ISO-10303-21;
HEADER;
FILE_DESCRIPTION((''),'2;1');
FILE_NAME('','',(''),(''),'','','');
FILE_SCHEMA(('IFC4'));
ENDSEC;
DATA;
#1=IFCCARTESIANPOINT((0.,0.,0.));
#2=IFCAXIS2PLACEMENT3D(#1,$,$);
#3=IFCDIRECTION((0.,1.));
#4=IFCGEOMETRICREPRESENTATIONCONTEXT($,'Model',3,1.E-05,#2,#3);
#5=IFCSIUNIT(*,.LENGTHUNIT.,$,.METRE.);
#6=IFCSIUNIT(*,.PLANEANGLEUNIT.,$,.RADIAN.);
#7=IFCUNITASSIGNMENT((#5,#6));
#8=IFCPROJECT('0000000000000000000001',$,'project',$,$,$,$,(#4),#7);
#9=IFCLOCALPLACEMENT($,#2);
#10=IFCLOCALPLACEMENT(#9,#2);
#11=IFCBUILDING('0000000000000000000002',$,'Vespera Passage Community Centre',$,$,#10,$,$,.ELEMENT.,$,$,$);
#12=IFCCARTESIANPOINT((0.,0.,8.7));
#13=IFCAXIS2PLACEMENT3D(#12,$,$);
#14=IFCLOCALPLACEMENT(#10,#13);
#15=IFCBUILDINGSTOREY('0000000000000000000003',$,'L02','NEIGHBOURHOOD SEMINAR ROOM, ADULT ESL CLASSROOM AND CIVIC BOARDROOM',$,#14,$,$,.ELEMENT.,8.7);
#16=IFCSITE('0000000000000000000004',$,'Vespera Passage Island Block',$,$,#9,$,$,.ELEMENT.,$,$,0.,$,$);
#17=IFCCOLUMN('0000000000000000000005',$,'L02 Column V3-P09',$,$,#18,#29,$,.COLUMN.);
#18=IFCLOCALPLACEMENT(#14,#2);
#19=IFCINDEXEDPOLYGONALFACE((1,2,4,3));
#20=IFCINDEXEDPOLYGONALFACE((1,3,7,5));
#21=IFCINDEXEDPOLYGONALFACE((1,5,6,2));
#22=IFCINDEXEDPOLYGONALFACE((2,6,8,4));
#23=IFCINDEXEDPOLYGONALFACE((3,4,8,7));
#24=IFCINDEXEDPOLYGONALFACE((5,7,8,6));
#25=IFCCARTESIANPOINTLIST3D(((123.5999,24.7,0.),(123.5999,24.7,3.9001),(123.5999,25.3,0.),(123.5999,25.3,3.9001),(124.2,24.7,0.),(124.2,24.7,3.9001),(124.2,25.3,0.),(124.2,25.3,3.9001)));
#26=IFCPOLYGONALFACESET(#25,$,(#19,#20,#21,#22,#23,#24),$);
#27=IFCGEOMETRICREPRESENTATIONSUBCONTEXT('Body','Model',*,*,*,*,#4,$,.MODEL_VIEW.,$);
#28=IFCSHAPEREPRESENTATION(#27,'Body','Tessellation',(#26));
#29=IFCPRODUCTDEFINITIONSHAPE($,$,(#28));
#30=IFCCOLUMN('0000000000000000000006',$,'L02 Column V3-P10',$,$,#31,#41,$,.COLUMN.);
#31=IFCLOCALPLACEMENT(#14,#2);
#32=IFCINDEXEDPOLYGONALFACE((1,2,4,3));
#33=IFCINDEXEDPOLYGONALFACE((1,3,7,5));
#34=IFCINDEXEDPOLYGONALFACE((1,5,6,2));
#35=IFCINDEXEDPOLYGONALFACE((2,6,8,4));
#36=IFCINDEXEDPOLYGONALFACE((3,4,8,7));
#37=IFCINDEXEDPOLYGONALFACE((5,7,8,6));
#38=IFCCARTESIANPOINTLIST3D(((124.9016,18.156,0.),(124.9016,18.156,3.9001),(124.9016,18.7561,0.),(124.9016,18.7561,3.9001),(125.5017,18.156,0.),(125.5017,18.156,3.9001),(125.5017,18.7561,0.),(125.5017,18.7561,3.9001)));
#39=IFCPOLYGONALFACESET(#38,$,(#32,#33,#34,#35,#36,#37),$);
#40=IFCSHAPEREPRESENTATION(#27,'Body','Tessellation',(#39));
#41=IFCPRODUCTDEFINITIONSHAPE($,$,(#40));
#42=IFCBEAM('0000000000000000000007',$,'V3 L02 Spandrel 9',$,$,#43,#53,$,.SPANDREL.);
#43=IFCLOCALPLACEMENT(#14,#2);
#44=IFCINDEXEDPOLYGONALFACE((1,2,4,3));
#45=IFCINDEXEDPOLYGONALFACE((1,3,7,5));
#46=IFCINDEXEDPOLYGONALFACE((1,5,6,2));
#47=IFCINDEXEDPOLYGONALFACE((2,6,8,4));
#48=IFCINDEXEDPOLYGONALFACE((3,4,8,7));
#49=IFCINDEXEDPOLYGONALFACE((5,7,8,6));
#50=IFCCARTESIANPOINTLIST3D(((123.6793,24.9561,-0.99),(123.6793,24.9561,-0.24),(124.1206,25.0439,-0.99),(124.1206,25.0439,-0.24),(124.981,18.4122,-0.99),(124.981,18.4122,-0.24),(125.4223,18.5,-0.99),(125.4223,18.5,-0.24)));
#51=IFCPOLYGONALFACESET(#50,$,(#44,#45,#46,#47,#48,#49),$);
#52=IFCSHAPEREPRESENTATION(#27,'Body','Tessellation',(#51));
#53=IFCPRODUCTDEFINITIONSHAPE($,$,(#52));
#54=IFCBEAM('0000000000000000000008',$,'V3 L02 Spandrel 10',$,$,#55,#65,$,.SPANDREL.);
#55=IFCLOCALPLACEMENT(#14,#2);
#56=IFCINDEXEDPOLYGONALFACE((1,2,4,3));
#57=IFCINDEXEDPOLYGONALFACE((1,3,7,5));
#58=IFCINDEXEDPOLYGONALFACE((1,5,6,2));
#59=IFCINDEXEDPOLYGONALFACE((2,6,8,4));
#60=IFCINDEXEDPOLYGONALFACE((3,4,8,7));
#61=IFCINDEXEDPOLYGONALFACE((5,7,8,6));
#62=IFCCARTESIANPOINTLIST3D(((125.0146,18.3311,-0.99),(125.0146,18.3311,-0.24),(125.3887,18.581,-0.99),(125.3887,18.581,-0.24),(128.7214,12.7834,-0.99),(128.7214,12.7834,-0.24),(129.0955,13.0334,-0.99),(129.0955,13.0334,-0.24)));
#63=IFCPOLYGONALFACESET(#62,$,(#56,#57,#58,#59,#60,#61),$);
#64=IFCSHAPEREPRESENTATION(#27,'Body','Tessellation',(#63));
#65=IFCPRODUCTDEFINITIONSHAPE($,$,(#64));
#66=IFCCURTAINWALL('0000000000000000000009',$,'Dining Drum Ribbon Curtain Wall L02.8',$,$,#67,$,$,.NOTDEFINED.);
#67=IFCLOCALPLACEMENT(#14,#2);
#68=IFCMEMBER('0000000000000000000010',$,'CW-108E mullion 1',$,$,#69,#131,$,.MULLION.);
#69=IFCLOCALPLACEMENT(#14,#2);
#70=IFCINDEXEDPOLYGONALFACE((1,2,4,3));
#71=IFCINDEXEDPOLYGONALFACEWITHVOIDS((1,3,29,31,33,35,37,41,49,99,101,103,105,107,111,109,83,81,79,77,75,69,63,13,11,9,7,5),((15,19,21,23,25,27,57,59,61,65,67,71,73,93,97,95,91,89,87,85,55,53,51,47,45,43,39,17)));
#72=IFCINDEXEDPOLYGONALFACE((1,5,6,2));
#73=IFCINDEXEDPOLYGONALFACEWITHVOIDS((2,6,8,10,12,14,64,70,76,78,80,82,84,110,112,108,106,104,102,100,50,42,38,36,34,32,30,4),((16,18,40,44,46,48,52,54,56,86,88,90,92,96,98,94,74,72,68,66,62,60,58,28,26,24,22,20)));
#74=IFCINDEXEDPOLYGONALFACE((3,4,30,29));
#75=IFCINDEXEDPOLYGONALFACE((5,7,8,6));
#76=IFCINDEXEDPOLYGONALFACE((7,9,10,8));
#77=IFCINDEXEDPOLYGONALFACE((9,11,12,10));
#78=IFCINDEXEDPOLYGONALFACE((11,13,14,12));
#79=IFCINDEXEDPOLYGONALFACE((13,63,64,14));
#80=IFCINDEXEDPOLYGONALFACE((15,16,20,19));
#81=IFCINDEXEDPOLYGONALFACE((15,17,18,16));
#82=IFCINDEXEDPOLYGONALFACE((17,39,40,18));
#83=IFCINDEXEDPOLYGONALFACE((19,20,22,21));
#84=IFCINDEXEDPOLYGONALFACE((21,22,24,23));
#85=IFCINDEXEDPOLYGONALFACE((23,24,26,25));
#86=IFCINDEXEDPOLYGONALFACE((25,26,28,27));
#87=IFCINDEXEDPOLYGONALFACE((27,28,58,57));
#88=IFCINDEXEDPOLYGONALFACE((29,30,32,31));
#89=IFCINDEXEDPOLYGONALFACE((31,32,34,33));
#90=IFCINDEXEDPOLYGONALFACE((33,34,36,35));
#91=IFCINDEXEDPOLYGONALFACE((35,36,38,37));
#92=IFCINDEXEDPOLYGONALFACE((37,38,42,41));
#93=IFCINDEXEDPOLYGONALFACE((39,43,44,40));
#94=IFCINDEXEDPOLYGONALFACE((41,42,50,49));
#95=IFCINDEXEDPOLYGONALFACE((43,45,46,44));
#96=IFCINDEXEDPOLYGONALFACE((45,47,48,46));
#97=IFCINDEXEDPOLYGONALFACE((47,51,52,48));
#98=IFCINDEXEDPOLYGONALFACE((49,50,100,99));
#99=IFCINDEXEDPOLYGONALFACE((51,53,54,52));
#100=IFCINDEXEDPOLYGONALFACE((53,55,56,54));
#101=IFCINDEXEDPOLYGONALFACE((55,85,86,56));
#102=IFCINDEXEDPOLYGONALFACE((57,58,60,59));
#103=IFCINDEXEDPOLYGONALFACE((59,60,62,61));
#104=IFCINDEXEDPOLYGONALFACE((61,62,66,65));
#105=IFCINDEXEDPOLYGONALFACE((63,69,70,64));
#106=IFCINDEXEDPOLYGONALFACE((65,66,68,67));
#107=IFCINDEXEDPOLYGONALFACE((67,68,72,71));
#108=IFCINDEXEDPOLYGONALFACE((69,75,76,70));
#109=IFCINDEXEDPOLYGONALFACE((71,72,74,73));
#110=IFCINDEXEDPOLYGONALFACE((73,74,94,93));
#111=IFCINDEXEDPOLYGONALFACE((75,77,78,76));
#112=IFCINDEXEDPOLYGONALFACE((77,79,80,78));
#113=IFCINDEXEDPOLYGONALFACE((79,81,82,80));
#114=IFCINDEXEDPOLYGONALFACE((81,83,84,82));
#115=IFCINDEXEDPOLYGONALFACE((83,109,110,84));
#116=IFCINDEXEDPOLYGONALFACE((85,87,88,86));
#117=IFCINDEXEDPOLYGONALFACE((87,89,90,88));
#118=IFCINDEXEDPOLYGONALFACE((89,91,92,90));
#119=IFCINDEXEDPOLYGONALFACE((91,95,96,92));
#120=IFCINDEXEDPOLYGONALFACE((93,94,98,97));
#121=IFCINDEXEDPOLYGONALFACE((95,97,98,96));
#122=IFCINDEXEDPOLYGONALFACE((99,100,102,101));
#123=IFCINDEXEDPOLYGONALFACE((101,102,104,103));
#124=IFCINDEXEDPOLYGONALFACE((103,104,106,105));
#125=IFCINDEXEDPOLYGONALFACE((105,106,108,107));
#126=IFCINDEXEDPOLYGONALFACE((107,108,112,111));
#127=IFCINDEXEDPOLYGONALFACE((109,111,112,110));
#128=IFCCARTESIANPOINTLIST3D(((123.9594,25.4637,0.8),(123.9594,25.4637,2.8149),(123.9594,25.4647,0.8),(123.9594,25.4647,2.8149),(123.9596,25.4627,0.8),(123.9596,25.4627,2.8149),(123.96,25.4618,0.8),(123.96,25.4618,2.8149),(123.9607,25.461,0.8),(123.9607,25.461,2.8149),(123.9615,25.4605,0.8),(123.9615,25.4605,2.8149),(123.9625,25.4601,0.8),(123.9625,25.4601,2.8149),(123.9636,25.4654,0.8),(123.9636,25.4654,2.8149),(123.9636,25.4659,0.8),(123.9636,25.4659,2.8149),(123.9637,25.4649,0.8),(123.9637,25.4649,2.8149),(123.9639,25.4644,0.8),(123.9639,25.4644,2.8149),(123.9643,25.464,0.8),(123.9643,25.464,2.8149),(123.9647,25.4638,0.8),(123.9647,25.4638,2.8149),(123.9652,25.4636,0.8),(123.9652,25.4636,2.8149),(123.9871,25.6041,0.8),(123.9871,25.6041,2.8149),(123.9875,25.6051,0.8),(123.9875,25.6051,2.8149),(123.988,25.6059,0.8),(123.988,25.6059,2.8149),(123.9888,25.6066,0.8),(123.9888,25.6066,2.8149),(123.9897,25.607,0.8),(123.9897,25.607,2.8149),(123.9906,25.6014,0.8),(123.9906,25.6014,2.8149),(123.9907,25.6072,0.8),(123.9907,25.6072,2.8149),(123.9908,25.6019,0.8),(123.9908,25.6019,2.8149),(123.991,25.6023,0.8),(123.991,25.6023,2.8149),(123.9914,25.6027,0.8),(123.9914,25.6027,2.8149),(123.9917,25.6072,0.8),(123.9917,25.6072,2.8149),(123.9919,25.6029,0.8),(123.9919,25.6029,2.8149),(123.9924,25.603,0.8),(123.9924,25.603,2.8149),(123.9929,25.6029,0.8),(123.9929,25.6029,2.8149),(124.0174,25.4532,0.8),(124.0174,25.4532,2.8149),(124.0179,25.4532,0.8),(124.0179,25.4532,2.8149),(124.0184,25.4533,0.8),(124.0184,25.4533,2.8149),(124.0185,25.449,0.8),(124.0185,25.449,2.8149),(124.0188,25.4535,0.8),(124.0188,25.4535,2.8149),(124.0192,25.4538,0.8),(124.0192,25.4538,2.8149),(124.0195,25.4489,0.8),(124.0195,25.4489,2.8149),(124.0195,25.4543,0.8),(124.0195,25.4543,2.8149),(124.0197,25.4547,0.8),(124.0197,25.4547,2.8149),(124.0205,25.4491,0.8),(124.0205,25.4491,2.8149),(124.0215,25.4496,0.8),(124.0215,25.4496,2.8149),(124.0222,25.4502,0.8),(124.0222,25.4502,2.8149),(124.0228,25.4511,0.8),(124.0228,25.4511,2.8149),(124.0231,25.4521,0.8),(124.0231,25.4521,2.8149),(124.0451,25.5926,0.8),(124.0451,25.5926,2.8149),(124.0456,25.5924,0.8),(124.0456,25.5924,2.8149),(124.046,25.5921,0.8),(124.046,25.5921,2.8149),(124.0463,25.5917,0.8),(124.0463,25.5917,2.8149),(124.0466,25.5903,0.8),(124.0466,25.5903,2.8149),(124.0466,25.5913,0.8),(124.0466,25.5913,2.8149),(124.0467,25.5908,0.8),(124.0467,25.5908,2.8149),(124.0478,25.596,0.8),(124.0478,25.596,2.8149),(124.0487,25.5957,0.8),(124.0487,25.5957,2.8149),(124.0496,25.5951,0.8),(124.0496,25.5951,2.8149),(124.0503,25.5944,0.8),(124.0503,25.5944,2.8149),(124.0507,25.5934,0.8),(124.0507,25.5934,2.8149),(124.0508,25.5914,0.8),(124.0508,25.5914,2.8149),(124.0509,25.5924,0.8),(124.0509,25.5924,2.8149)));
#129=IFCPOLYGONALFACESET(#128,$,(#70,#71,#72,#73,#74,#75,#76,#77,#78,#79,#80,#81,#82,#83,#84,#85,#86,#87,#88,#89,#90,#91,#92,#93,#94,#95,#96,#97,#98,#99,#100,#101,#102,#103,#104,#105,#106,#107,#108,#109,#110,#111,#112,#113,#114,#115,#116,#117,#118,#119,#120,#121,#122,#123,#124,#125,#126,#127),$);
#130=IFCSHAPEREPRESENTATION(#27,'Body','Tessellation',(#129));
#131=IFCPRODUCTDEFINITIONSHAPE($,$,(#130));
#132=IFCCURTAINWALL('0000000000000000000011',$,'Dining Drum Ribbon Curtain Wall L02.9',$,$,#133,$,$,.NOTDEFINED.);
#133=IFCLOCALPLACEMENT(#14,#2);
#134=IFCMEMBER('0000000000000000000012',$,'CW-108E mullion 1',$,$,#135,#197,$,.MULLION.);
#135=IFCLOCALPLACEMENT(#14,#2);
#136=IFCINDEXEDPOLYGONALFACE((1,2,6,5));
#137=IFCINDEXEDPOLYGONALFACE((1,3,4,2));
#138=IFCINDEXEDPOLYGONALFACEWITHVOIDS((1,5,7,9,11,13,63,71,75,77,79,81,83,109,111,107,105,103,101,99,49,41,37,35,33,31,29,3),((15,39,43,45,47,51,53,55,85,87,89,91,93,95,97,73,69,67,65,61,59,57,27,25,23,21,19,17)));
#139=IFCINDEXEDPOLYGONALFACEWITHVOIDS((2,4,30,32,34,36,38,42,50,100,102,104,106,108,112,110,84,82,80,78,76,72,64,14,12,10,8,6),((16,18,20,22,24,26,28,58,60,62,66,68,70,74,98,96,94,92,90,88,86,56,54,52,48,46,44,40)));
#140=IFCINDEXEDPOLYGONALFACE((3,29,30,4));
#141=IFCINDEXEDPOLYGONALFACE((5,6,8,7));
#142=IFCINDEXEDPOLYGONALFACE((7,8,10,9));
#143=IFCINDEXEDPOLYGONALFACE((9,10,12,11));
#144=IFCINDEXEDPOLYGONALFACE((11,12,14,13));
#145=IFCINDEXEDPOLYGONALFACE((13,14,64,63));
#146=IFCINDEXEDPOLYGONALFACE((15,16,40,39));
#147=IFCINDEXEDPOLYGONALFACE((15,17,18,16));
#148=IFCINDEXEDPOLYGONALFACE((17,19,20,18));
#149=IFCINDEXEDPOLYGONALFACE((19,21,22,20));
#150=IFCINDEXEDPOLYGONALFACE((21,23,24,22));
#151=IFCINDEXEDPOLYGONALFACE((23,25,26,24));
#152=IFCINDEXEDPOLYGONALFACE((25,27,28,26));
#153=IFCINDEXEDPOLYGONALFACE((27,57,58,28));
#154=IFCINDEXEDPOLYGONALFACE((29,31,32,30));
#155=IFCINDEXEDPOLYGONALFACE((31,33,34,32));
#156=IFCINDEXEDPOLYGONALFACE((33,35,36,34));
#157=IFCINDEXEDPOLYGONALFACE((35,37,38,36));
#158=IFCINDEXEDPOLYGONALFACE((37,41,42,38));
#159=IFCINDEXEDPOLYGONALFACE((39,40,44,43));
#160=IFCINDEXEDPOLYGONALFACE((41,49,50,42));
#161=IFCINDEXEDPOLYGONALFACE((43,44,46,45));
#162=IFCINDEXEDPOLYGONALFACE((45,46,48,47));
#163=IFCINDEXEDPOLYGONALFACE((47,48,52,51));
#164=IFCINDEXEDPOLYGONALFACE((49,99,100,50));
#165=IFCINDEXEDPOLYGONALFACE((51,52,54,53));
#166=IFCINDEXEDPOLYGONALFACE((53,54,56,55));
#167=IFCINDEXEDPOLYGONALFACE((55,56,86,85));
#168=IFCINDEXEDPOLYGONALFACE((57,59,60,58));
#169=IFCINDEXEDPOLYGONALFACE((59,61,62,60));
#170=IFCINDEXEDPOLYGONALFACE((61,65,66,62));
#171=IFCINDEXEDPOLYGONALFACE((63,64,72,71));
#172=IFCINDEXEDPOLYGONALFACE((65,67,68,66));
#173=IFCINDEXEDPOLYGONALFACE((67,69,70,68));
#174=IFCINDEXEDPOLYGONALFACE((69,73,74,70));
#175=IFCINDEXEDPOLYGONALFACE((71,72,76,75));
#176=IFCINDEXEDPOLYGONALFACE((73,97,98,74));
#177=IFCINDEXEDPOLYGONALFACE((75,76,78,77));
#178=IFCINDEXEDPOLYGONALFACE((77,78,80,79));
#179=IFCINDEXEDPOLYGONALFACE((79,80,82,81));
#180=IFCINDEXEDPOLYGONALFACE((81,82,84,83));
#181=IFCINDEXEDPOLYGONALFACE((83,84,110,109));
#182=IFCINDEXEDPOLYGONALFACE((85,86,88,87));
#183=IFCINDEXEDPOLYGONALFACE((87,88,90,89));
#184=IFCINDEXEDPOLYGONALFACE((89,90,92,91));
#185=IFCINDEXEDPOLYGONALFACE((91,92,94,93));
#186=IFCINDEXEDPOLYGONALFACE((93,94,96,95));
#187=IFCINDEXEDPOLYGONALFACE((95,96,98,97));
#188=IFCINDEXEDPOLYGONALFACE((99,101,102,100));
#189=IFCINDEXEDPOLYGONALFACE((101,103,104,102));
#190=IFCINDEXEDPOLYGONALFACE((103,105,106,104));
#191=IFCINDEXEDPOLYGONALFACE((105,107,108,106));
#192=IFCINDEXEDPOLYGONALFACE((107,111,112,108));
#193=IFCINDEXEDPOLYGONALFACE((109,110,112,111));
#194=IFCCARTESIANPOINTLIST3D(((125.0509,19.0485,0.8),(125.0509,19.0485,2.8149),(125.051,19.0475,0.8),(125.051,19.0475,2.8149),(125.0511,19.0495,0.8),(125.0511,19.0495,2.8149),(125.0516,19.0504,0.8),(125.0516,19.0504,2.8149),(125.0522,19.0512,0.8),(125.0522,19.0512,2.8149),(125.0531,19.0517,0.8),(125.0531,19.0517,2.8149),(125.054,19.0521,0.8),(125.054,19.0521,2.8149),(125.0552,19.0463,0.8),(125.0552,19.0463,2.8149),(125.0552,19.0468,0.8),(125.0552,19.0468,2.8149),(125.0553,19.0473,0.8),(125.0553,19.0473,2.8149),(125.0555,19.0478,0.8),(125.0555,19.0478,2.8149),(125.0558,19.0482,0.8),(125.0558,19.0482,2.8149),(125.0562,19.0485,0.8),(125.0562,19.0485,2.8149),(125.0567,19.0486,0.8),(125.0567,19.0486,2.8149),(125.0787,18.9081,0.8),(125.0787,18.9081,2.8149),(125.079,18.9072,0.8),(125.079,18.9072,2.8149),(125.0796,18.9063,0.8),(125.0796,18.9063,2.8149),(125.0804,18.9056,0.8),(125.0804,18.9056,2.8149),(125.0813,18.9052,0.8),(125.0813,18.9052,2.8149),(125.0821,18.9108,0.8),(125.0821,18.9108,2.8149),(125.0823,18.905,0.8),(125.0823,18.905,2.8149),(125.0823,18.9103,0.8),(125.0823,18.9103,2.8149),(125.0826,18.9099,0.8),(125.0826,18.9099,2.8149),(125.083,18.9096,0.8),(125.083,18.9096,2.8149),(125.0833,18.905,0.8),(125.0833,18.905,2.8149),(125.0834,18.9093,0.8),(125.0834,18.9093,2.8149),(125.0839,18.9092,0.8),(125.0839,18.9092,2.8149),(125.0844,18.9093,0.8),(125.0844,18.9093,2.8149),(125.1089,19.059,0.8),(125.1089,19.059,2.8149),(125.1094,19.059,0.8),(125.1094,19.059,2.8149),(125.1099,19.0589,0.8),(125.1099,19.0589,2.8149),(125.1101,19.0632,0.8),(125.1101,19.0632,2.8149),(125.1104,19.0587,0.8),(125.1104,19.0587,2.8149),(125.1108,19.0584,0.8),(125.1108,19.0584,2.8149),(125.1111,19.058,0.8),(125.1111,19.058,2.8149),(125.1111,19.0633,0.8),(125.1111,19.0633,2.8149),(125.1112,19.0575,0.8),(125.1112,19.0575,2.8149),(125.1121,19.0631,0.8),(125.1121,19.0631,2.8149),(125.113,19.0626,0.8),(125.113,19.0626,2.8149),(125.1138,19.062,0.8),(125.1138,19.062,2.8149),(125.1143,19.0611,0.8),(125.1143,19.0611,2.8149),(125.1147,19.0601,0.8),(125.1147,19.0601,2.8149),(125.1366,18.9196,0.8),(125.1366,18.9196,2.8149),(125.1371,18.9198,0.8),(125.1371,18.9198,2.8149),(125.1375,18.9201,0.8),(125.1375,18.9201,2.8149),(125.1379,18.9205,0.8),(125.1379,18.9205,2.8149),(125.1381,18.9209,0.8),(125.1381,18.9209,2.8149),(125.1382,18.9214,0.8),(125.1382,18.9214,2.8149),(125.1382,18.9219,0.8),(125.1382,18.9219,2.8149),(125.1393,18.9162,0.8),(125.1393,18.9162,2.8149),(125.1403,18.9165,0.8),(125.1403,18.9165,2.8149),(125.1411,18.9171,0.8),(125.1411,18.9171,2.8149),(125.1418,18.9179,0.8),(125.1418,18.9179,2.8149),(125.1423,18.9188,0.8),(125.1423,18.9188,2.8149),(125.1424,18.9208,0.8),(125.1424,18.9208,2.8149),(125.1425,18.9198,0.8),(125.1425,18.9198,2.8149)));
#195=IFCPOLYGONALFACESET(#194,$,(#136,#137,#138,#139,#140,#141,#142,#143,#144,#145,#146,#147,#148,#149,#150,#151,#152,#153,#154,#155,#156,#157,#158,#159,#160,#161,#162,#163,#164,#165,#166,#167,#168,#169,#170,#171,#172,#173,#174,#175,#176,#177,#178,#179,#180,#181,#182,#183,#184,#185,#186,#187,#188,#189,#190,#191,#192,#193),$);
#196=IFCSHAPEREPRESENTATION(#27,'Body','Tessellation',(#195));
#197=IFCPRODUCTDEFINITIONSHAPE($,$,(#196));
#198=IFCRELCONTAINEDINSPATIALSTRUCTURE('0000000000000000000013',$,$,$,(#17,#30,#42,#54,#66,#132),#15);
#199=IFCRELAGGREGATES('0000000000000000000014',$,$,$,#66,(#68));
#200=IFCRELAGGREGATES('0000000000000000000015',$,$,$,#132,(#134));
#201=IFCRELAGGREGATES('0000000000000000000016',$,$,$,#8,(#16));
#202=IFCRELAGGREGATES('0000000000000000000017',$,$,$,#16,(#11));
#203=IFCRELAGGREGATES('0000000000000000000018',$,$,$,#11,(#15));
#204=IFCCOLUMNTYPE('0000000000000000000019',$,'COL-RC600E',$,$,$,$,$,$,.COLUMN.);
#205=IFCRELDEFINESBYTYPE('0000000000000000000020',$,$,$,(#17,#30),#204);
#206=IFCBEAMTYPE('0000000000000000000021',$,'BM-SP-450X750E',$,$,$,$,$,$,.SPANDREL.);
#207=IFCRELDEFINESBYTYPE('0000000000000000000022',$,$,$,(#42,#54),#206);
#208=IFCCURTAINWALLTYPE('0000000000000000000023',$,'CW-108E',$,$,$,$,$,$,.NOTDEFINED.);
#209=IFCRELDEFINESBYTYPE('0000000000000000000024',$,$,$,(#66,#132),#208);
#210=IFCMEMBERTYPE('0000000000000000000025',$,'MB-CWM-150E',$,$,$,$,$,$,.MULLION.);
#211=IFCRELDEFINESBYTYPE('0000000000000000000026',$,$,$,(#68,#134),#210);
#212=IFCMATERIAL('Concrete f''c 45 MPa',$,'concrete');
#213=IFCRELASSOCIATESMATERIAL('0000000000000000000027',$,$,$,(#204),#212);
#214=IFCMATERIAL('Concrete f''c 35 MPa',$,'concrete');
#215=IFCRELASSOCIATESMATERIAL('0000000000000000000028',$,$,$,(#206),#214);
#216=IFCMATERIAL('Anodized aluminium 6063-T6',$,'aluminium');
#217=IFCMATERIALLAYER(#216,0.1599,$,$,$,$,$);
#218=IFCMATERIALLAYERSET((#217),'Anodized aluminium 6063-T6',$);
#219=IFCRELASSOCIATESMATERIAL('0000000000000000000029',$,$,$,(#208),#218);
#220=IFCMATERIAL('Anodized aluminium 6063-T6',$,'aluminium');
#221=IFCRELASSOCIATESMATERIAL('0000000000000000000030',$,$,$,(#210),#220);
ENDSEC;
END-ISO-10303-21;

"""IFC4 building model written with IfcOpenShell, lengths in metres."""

from ifc_helpers import new_model, si_unit, direction, frame, origin, origin_2d, place, context, subcontext, project, spatial, rectangle, hollow_rectangle, extrude, material, layer, layer_set, material_profile, profile_set, type_object, element, aggregate, save


model = new_model("IFC4")

# Units and contexts
model_context = context("Model", 3, precision=1e-05, world=origin(), true_north=direction((0.0, 1.0)))
body_context = subcontext(model_context, "Body", "Model", "MODEL_VIEW")
ifc_project = project(units=[si_unit("LENGTHUNIT", "METRE"), si_unit("PLANEANGLEUNIT", "RADIAN")], contexts=[model_context])

# Site, building, storey
site_placement = place(None, origin())
site = spatial("IfcSite", under=ifc_project, at=site_placement, Name="Vespera Passage Island Block", CompositionType="ELEMENT", RefElevation=0.0)
building_placement = place(site_placement, origin())
building = spatial("IfcBuilding", under=site, at=building_placement, Name="Vespera Passage Community Centre", CompositionType="ELEMENT")
storey_placement = place(building_placement, frame((0.0, 0.0, 8.7)))
storey = spatial("IfcBuildingStorey", under=building, at=storey_placement, Name="L02", Description="NEIGHBOURHOOD SEMINAR ROOM, ADULT ESL CLASSROOM AND CIVIC BOARDROOM", CompositionType="ELEMENT", Elevation=8.7)

# Columns
ifc_material_1 = material(Name="Concrete f'c 45 MPa", Category="concrete")
ifc_material_profile_1 = material_profile(ifc_material_1, rectangle(XDim=0.6001, YDim=0.6001, at=origin_2d()), Name="RC600X600")
ifc_profile_set_1 = profile_set([ifc_material_profile_1], Name="Concrete f'c 45 MPa")
column_type = type_object("IfcColumnType", Name="COL-RC600E", PredefinedType="COLUMN", material=ifc_profile_set_1)
for number, where, z_axis, x_axis, name in (
    (1, (123.8999, 25.0, 0.0), (0.0, 0.0, 1.0), (1.0, 0.0, 0.0), "L02 Column V3-P09"),
    (2, (125.2017, 18.4561, 0.0), (0.0, 0.0, 1.0), (1.0, 0.0, 0.0), "L02 Column V3-P10"),
):
    element("IfcColumn", number, at=place(storey_placement, frame(where, z_axis=z_axis, x_axis=x_axis)), inside=storey, type_object=column_type, Name=name, PredefinedType="COLUMN", context=body_context, shape_type="SweptSolid", body=[
        extrude(rectangle(XDim=0.6001, YDim=0.6001, at=origin_2d()), origin(), (0.0, 0.0, 1.0), 3.9001),
    ])

# Beams
ifc_material_2 = material(Name="Concrete f'c 35 MPa", Category="concrete")
ifc_material_profile_2 = material_profile(ifc_material_2, rectangle(XDim=0.45, YDim=0.75, at=origin_2d()), Name="RC450X750")
ifc_profile_set_2 = profile_set([ifc_material_profile_2], Name="Concrete f'c 35 MPa")
beam_type = type_object("IfcBeamType", Name="BM-SP-450X750E", PredefinedType="SPANDREL", material=ifc_profile_set_2)
for number, where, z_axis, x_axis, name in (
    (3, (123.8999, 25.0, -0.615), (0.195103, -0.980783, 0.0), (0.980783, 0.195103, 0.0), "V3 L02 Spandrel 9"),
    (4, (125.2017, 18.4561, -0.615), (0.55557, -0.83147, 0.0), (0.83147, 0.55557, 0.0), "V3 L02 Spandrel 10"),
):
    element("IfcBeam", number, at=place(storey_placement, frame(where, z_axis=z_axis, x_axis=x_axis)), inside=storey, type_object=beam_type, Name=name, PredefinedType="SPANDREL", context=body_context, shape_type="SweptSolid", body=[
        extrude(rectangle(XDim=0.45, YDim=0.75, at=origin_2d()), origin(), (0.0, 0.0, 1.0), 6.6721),
    ])

# Curtain wall, member
ifc_material_3 = material(Name="Anodized aluminium 6063-T6", Category="aluminium")
ifc_layer_1 = layer(ifc_material_3, 0.1599)
ifc_layer_set_1 = layer_set([ifc_layer_1], Name="Anodized aluminium 6063-T6")
curtain_wall_type_1 = type_object("IfcCurtainWallType", Name="CW-108E", PredefinedType="NOTDEFINED", material=ifc_layer_set_1)
curtain_wall_1_placement = place(storey_placement, origin())
curtain_wall_1 = element("IfcCurtainWall", 5, at=curtain_wall_1_placement, inside=storey, type_object=curtain_wall_type_1, Name="Dining Drum Ribbon Curtain Wall L02.8", PredefinedType="NOTDEFINED")
ifc_material_4 = material(Name="Anodized aluminium 6063-T6", Category="aluminium")
ifc_material_profile_3 = material_profile(ifc_material_4, hollow_rectangle(XDim=0.0649, YDim=0.1499, WallThickness=0.0039, InnerFilletRadius=0.002, OuterFilletRadius=0.0039, at=origin_2d()), Name="ALU150X65X4")
ifc_profile_set_3 = profile_set([ifc_material_profile_3], Name="Anodized aluminium 6063-T6")
member_type_1 = type_object("IfcMemberType", Name="MB-CWM-150E", PredefinedType="MULLION", material=ifc_profile_set_3)
member_1_placement = place(storey_placement, frame((124.0051, 25.5281, 0.8), z_axis=(0.0, 0.0, 1.0), x_axis=(-0.980784, 0.195097, 0.0)))
member_1 = element("IfcMember", 6, at=member_1_placement, type_object=member_type_1, Name="CW-108E mullion 1", PredefinedType="MULLION", context=body_context, shape_type="SweptSolid", body=[
    extrude(hollow_rectangle(XDim=0.0649, YDim=0.1499, WallThickness=0.0039, InnerFilletRadius=0.002, OuterFilletRadius=0.0039, at=origin_2d()), origin(), (0.0, 0.0, 1.0), 2.0149),
])

# Curtain wall, member
curtain_wall_2_placement = place(storey_placement, origin())
curtain_wall_2 = element("IfcCurtainWall", 7, at=curtain_wall_2_placement, inside=storey, type_object=curtain_wall_type_1, Name="Dining Drum Ribbon Curtain Wall L02.9", PredefinedType="NOTDEFINED")
member_2_placement = place(storey_placement, frame((125.0967, 18.9841, 0.8), z_axis=(0.0, 0.0, 1.0), x_axis=(-0.980784, -0.195097, 0.0)))
member_2 = element("IfcMember", 8, at=member_2_placement, type_object=member_type_1, Name="CW-108E mullion 1", PredefinedType="MULLION", context=body_context, shape_type="SweptSolid", body=[
    extrude(hollow_rectangle(XDim=0.0649, YDim=0.1499, WallThickness=0.0039, InnerFilletRadius=0.002, OuterFilletRadius=0.0039, at=origin_2d()), origin(), (0.0, 0.0, 1.0), 2.0149),
])

aggregate(curtain_wall_1, [member_1])
aggregate(curtain_wall_2, [member_2])

save(model, "model.ifc")
